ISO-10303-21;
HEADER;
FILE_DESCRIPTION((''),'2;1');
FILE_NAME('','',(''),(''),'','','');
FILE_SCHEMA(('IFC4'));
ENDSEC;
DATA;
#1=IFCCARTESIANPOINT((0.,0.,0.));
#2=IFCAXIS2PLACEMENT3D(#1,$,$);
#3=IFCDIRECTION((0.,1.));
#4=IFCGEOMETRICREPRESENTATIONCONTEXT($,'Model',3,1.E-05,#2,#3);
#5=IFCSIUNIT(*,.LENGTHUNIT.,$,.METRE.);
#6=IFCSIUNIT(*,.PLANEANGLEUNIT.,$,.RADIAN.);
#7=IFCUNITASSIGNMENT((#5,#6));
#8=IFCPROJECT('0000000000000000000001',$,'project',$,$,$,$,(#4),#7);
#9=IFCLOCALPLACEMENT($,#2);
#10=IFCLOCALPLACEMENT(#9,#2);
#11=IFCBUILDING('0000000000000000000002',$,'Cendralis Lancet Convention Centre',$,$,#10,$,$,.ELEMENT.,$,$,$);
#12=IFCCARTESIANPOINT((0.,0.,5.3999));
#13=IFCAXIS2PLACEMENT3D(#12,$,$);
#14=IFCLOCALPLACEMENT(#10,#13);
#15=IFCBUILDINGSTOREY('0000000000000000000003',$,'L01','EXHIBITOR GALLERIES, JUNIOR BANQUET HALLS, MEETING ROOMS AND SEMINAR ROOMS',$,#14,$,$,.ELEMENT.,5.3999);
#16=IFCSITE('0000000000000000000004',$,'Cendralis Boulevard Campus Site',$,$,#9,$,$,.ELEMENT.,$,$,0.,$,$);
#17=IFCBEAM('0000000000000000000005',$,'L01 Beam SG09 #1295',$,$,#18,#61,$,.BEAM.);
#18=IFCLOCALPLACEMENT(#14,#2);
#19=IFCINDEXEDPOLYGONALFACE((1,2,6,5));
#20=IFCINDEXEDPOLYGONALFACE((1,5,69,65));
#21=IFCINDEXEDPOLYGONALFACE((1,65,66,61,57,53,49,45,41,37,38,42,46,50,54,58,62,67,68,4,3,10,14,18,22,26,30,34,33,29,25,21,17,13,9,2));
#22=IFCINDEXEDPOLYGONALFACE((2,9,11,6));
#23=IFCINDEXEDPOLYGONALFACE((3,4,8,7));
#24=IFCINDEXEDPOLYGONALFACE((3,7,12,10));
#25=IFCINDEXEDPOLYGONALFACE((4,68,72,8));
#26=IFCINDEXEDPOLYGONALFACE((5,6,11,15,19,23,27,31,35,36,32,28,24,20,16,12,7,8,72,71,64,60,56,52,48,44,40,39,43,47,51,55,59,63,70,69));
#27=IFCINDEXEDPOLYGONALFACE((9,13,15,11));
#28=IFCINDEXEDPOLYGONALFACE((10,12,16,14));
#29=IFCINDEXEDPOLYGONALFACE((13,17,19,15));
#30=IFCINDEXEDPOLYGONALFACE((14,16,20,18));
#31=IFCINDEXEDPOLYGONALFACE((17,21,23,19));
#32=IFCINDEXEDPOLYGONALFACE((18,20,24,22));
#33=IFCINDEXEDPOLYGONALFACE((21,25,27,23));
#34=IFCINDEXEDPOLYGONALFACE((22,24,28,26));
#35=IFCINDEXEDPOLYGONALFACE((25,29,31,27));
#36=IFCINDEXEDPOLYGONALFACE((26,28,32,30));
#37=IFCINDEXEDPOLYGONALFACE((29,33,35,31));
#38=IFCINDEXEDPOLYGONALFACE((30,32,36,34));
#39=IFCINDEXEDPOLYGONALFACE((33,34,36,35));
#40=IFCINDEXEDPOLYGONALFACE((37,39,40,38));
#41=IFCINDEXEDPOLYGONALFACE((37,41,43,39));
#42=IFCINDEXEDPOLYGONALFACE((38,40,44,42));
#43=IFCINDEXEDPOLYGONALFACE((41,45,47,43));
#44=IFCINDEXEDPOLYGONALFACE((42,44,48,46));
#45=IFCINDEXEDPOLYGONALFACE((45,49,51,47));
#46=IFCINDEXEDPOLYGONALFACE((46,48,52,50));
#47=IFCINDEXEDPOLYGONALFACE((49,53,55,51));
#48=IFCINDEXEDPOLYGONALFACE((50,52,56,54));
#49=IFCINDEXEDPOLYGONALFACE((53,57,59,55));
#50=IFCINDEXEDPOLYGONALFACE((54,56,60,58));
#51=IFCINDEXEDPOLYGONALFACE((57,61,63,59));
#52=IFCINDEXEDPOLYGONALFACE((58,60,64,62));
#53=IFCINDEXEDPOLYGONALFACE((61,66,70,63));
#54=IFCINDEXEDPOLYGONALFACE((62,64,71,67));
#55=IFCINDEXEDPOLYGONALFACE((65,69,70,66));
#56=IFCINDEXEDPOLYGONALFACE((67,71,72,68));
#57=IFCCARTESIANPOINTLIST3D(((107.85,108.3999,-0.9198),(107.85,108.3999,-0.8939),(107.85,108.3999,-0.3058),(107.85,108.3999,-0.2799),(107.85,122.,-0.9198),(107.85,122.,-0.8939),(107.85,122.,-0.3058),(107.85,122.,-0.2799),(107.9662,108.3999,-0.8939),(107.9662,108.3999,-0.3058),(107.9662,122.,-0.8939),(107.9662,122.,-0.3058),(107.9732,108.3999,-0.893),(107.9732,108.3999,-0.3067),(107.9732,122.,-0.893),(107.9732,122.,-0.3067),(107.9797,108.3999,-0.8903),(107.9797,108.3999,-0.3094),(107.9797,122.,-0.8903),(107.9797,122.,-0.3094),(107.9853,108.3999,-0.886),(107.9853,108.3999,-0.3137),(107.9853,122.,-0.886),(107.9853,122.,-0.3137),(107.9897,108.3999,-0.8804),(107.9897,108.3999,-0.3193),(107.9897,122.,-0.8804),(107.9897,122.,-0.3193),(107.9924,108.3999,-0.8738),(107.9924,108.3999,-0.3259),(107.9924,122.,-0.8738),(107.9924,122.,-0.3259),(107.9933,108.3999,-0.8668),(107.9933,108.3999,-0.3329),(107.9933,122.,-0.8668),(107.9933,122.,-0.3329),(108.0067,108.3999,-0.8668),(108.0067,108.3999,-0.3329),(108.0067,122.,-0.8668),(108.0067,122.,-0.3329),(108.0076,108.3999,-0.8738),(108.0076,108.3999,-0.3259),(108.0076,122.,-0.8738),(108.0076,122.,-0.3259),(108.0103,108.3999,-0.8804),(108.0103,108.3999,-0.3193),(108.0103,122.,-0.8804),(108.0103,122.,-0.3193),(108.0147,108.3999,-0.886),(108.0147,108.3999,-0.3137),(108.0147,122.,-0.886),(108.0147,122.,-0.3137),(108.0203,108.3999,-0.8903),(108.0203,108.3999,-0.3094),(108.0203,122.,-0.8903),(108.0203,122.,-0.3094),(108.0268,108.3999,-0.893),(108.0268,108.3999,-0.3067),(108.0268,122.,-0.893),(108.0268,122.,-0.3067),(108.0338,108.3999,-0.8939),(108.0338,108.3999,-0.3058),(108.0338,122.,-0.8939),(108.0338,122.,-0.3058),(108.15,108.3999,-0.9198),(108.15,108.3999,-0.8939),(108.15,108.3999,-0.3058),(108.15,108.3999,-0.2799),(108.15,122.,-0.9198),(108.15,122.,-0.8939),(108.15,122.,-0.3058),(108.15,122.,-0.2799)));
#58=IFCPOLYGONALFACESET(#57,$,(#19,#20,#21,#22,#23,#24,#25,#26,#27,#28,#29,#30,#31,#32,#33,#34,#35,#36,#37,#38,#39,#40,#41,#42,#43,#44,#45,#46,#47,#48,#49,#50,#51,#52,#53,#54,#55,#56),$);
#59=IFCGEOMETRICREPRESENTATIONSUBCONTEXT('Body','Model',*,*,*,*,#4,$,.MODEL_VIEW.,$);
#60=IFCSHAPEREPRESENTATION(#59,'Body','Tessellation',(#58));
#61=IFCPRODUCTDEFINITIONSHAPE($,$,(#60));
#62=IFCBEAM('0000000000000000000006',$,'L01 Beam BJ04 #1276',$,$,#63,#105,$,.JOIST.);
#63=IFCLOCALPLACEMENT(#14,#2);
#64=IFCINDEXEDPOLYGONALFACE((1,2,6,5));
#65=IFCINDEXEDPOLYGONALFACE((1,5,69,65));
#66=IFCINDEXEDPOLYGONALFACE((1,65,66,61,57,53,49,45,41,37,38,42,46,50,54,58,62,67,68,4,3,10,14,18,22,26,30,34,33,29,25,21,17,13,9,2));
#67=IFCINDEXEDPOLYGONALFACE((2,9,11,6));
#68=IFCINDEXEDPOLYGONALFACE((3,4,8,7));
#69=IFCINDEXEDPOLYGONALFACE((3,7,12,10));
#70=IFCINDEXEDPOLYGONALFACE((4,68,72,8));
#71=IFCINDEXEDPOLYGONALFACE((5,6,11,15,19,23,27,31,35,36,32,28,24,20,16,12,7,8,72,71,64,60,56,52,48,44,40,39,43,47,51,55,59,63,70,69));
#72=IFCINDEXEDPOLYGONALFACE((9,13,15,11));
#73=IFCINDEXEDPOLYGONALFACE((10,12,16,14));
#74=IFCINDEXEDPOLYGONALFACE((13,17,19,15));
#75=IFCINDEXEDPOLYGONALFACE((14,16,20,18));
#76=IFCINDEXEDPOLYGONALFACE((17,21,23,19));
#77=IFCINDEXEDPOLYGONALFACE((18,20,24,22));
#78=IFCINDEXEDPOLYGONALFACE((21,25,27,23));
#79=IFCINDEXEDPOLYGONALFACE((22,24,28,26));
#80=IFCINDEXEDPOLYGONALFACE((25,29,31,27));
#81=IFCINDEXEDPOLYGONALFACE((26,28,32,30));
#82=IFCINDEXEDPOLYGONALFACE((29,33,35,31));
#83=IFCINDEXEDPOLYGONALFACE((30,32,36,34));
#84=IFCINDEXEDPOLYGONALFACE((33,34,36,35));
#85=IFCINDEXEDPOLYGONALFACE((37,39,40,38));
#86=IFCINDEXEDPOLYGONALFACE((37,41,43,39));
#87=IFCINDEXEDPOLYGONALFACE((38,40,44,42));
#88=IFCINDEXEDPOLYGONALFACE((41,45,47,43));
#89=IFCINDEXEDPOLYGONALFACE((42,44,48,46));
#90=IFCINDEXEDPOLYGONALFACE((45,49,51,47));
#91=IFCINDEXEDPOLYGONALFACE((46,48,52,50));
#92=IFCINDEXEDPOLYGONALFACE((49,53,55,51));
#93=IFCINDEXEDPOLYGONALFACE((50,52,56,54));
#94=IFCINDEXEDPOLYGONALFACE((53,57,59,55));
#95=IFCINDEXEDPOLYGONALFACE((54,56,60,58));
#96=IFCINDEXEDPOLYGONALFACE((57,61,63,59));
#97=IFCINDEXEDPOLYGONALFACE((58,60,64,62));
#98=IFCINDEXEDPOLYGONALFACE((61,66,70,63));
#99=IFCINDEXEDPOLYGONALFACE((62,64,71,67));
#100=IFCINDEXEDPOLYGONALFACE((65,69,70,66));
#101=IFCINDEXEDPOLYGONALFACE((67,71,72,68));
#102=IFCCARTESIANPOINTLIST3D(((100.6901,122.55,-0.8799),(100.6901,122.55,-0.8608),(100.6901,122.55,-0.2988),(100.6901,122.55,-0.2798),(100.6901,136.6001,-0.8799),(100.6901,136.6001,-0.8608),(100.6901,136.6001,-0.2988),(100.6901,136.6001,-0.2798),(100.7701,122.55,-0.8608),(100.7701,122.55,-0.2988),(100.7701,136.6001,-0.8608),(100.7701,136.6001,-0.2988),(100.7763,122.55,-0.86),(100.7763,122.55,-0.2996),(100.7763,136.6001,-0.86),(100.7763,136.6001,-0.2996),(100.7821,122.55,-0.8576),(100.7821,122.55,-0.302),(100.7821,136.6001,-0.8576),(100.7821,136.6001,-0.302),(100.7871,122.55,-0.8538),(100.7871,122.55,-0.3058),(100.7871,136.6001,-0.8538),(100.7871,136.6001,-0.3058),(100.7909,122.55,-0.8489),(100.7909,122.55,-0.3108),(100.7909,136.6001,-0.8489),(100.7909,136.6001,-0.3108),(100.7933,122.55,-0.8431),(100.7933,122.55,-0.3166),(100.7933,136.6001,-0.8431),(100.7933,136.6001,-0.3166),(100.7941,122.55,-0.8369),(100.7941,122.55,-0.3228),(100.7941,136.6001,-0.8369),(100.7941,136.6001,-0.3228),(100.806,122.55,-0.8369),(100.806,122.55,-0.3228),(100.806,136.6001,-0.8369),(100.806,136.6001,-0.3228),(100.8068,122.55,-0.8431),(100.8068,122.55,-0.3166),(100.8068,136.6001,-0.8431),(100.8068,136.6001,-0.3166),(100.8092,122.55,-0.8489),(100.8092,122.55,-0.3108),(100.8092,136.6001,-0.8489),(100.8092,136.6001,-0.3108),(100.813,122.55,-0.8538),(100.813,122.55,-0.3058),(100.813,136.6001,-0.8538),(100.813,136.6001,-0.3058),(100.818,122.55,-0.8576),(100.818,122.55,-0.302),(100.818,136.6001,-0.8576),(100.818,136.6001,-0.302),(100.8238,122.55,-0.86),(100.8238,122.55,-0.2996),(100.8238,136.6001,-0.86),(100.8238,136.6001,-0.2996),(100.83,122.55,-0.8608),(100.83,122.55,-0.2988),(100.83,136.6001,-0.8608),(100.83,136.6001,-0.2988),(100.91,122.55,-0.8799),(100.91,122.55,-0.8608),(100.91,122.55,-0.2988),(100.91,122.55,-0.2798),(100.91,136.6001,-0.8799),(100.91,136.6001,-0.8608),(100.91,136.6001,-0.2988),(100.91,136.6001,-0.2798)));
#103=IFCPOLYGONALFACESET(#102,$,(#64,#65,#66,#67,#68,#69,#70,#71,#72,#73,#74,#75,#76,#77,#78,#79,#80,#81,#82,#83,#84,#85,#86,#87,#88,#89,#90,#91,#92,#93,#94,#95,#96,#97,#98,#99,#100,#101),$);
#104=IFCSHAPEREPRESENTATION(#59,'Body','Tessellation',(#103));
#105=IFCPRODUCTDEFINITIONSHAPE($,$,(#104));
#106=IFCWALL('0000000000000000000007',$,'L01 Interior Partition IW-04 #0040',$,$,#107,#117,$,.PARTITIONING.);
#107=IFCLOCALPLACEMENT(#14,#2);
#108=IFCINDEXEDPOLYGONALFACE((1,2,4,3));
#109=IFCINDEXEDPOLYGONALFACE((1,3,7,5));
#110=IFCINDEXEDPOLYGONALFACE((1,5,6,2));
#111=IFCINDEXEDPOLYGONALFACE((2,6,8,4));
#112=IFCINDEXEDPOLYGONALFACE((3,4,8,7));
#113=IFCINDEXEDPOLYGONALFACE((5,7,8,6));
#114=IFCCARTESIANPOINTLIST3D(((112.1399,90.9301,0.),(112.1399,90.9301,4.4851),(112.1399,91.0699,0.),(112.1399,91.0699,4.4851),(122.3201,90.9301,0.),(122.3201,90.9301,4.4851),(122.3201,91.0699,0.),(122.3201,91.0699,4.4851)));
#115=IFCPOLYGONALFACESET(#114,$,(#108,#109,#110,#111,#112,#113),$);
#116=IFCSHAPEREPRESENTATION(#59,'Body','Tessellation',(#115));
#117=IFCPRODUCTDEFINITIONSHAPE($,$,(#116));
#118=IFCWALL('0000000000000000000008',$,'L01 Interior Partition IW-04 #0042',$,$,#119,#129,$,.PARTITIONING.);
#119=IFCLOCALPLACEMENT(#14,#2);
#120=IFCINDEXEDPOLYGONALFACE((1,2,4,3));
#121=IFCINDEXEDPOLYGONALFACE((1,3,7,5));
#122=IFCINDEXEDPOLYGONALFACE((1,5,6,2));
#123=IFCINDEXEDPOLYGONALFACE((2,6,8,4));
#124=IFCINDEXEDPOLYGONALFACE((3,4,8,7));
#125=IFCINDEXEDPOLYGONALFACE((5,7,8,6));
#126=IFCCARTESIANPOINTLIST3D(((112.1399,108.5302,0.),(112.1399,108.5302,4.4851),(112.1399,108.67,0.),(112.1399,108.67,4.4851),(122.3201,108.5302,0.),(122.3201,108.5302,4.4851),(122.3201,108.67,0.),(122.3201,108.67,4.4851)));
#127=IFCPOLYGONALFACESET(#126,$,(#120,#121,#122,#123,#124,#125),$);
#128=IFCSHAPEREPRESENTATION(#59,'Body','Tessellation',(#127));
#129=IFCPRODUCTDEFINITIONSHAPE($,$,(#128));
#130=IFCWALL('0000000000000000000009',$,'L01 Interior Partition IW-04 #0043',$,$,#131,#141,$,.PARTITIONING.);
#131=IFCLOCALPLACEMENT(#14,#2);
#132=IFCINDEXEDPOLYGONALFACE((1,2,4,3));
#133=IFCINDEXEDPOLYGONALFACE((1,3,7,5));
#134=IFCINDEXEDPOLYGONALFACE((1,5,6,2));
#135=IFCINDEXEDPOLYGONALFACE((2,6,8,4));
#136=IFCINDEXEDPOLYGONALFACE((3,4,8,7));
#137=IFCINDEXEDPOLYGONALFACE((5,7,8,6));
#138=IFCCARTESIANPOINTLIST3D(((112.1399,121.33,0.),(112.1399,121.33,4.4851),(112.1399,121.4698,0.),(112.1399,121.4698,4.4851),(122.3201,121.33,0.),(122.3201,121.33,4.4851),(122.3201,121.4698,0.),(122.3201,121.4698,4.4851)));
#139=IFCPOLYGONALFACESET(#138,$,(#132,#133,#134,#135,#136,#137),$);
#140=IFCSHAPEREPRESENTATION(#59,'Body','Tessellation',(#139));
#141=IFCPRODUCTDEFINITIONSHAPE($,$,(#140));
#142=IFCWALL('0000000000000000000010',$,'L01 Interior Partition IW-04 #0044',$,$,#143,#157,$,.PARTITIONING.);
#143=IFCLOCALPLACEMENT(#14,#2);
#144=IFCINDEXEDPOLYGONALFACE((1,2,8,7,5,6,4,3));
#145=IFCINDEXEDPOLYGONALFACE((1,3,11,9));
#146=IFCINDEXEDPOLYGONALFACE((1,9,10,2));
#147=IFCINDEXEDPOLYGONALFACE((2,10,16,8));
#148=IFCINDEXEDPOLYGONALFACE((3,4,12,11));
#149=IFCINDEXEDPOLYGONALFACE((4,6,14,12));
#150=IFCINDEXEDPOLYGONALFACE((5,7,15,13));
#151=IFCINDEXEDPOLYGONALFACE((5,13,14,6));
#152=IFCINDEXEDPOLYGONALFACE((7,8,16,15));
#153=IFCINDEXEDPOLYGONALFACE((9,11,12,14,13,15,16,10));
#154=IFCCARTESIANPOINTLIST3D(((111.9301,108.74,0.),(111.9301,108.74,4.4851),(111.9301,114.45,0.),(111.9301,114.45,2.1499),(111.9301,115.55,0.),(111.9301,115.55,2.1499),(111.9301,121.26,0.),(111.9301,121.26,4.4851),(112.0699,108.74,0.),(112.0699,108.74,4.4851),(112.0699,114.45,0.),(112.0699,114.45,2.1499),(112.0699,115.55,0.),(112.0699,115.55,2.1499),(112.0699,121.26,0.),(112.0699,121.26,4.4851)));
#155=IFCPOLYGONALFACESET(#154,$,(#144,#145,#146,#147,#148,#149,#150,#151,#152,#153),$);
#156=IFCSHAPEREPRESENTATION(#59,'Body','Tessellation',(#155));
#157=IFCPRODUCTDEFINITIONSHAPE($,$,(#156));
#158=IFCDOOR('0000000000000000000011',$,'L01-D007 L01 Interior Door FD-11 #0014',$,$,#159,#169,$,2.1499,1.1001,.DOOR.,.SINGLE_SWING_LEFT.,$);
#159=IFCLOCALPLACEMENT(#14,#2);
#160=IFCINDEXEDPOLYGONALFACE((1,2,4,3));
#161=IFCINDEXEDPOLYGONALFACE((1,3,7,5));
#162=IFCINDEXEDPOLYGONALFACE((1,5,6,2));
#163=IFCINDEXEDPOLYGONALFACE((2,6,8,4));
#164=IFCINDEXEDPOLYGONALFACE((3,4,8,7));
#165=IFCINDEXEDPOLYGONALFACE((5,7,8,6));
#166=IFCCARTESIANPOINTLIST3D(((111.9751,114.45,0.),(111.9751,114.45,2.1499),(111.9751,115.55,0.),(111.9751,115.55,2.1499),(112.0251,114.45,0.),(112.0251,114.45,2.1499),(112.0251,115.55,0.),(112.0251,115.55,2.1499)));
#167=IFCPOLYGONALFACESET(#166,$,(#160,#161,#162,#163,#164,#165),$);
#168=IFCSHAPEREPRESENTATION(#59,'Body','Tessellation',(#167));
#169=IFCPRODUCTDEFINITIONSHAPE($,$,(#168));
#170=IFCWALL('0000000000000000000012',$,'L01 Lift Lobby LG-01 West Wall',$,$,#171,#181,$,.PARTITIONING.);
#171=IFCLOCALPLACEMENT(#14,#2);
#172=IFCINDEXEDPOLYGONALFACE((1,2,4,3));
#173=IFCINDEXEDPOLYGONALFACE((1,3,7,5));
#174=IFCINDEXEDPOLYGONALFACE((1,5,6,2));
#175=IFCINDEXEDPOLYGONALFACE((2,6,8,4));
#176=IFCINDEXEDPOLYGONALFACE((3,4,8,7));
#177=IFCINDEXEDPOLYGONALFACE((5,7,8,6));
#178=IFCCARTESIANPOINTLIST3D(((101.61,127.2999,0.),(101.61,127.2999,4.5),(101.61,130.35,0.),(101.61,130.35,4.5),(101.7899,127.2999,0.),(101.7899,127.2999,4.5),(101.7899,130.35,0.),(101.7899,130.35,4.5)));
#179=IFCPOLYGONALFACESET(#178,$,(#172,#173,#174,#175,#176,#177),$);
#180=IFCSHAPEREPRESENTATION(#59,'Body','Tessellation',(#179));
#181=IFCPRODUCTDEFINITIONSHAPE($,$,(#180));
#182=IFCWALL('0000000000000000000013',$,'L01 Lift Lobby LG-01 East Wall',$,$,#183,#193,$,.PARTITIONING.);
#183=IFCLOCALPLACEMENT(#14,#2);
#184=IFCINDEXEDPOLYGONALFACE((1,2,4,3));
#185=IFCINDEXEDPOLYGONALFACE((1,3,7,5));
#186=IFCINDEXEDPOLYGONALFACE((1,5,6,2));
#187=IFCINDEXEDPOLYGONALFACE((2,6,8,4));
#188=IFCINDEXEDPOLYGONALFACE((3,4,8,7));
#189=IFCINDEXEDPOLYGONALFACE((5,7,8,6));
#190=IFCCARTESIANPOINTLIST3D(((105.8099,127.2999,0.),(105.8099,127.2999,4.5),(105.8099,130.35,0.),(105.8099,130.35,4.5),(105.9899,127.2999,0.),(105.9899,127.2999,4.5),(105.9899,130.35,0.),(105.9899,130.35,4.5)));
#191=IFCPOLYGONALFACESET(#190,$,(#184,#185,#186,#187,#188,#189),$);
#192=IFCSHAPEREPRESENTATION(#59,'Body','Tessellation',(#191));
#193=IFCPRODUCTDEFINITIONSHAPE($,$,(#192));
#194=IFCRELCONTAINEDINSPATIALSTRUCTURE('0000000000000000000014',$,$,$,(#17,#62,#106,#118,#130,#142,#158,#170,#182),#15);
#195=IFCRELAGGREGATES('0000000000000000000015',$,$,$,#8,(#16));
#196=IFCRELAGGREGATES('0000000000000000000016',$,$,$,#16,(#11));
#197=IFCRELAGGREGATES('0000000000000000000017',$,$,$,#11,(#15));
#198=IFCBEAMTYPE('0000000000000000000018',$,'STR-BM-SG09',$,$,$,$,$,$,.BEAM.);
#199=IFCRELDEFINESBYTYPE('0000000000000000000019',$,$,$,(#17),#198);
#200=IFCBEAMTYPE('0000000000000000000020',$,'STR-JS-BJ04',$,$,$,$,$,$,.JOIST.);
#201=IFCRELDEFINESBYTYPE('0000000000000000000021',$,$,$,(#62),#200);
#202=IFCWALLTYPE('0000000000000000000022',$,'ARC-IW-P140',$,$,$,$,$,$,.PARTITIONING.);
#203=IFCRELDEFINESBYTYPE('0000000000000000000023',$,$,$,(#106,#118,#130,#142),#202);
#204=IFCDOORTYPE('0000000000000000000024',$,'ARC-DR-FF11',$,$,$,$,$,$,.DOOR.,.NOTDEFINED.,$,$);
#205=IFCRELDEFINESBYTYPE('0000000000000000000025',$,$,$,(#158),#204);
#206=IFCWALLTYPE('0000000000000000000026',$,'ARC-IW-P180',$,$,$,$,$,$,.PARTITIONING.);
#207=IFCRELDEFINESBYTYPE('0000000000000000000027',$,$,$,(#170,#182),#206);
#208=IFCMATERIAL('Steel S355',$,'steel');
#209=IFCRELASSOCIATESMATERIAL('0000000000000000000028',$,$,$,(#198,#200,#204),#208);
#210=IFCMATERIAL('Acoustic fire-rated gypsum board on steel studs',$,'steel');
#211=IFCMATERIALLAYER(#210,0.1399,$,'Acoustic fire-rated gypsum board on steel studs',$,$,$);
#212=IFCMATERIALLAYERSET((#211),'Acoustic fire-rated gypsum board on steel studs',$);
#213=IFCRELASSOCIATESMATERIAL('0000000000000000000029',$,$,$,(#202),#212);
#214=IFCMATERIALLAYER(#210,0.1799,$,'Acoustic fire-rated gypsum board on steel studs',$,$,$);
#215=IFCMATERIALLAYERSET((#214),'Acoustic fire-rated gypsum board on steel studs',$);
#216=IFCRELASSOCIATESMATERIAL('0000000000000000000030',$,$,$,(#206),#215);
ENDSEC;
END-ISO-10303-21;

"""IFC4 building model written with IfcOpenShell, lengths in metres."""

from ifc_helpers import new_model, si_unit, direction, frame, frame_2d, origin, origin_2d, place, context, subcontext, project, spatial, rectangle, i_section, extrude, material, layer, layer_set, material_profile, profile_set, type_object, element, fill, save


model = new_model("IFC4")

# Units and contexts
model_context = context("Model", 3, precision=1e-05, world=origin(), true_north=direction((0.0, 1.0)))
body_context = subcontext(model_context, "Body", "Model", "MODEL_VIEW")
ifc_project = project(units=[si_unit("LENGTHUNIT", "METRE"), si_unit("PLANEANGLEUNIT", "RADIAN")], contexts=[model_context])

# Site, building, storey
site_placement = place(None, origin())
site = spatial("IfcSite", under=ifc_project, at=site_placement, Name="Cendralis Boulevard Campus Site", CompositionType="ELEMENT", RefElevation=0.0)
building_placement = place(site_placement, origin())
building = spatial("IfcBuilding", under=site, at=building_placement, Name="Cendralis Lancet Convention Centre", CompositionType="ELEMENT")
storey_placement = place(building_placement, frame((0.0, 0.0, 5.3999)))
storey = spatial("IfcBuildingStorey", under=building, at=storey_placement, Name="L01", Description="EXHIBITOR GALLERIES, JUNIOR BANQUET HALLS, MEETING ROOMS AND SEMINAR ROOMS", CompositionType="ELEMENT", Elevation=5.3999)

# Beams
ifc_material_1 = material(Name="Steel S355", Category="steel")
ifc_material_profile_1 = material_profile(ifc_material_1, i_section(OverallWidth=0.3, OverallDepth=0.6399, WebThickness=0.0134, FlangeThickness=0.0259, FilletRadius=0.0271, at=origin_2d()), Name="HEA 650")
ifc_profile_set_1 = profile_set([ifc_material_profile_1], Name="Steel S355")
beam_type_1 = type_object("IfcBeamType", Name="STR-BM-SG09", PredefinedType="BEAM", material=ifc_profile_set_1)
for number, where, z_axis, x_axis, name in (
    (1, (108.0, 108.3999, -0.5999), (0.0, 1.0, 0.0), (-1.0, 0.0, 0.0), "L01 Beam SG09 #1295"),
):
    element("IfcBeam", number, at=place(storey_placement, frame(where, z_axis=z_axis, x_axis=x_axis)), inside=storey, type_object=beam_type_1, Name=name, PredefinedType="BEAM", context=body_context, shape_type="SweptSolid", body=[
        extrude(i_section(OverallWidth=0.3, OverallDepth=0.6399, WebThickness=0.0134, FlangeThickness=0.0259, FilletRadius=0.0271, at=origin_2d()), origin(), (0.0, 0.0, 1.0), 13.6001),
    ])
ifc_material_profile_2 = material_profile(ifc_material_1, i_section(OverallWidth=0.22, OverallDepth=0.6001, WebThickness=0.012, FlangeThickness=0.019, FilletRadius=0.0239, at=origin_2d()), Name="IPE 600")
ifc_profile_set_2 = profile_set([ifc_material_profile_2], Name="Steel S355")
beam_type_2 = type_object("IfcBeamType", Name="STR-JS-BJ04", PredefinedType="JOIST", material=ifc_profile_set_2)
beam_1_placement = place(storey_placement, frame((100.8, 122.55, -0.5798), z_axis=(0.0, 1.0, 0.0), x_axis=(-1.0, 0.0, 0.0)))
element("IfcBeam", 2, at=beam_1_placement, inside=storey, type_object=beam_type_2, Name="L01 Beam BJ04 #1276", PredefinedType="JOIST", context=body_context, shape_type="SweptSolid", body=[
    extrude(i_section(OverallWidth=0.22, OverallDepth=0.6001, WebThickness=0.012, FlangeThickness=0.019, FilletRadius=0.0239, at=origin_2d()), origin(), (0.0, 0.0, 1.0), 14.05),
])

# Walls
ifc_material_2 = material(Name="Acoustic fire-rated gypsum board on steel studs", Category="steel")
ifc_layer_1 = layer(ifc_material_2, 0.1399, Name="Acoustic fire-rated gypsum board on steel studs")
ifc_layer_set_1 = layer_set([ifc_layer_1], Name="Acoustic fire-rated gypsum board on steel studs")
wall_type_1 = type_object("IfcWallType", Name="ARC-IW-P140", PredefinedType="PARTITIONING", material=ifc_layer_set_1)
for number, where, z_axis, x_axis, name in (
    (3, (112.1399, 91.0, 0.0), (0.0, 0.0, 1.0), (1.0, 0.0, 0.0), "L01 Interior Partition IW-04 #0040"),
    (4, (112.1399, 108.6001, 0.0), (0.0, 0.0, 1.0), (1.0, 0.0, 0.0), "L01 Interior Partition IW-04 #0042"),
    (5, (112.1399, 121.3999, 0.0), (0.0, 0.0, 1.0), (1.0, 0.0, 0.0), "L01 Interior Partition IW-04 #0043"),
):
    element("IfcWall", number, at=place(storey_placement, frame(where, z_axis=z_axis, x_axis=x_axis)), inside=storey, type_object=wall_type_1, Name=name, PredefinedType="PARTITIONING", context=body_context, shape_type="SweptSolid", body=[
        extrude(rectangle(XDim=10.1802, YDim=0.1399, at=frame_2d((5.0901, 0.0))), origin(), (0.0, 0.0, 1.0), 4.4851),
    ])

# Wall, opening, door
wall_1_placement = place(storey_placement, frame((112.0, 108.74, 0.0), z_axis=(0.0, 0.0, 1.0), x_axis=(0.0, 1.0, 0.0)))
wall_1 = element("IfcWall", 6, at=wall_1_placement, inside=storey, type_object=wall_type_1, Name="L01 Interior Partition IW-04 #0044", PredefinedType="PARTITIONING", context=body_context, shape_type="SweptSolid", body=[
    extrude(rectangle(XDim=12.52, YDim=0.1399, at=frame_2d((6.26, 0.0))), origin(), (0.0, 0.0, 1.0), 4.4851),
])
opening_1_placement = place(wall_1_placement, frame((5.71, 0.0, 0.0)))
opening_1 = element("IfcOpeningElement", 7, at=opening_1_placement, cuts=wall_1, PredefinedType="OPENING", context=body_context, shape_type="SweptSolid", body=[
    extrude(rectangle(XDim=1.1001, YDim=2.1499, at=frame_2d((0.55, 1.075))), frame((0.0, 0.0798, 0.0), z_axis=(0.0, -1.0, 0.0), x_axis=(1.0, 0.0, 0.0)), (0.0, 0.0, 1.0), 0.1599),
])
door_type_1 = type_object("IfcDoorType", Name="ARC-DR-FF11", OperationType="NOTDEFINED", PredefinedType="DOOR", material=ifc_material_1)
door_1_placement = place(opening_1_placement, origin())
door_1 = element("IfcDoor", 8, at=door_1_placement, inside=storey, type_object=door_type_1, Name="L01-D007 L01 Interior Door FD-11 #0014", OperationType="SINGLE_SWING_LEFT", OverallHeight=2.1499, OverallWidth=1.1001, PredefinedType="DOOR", context=body_context, shape_type="SweptSolid", body=[
    extrude(rectangle(XDim=1.1001, YDim=2.1499, at=frame_2d((0.55, 1.075))), frame((0.0, 0.0249, 0.0), z_axis=(0.0, -1.0, 0.0), x_axis=(1.0, 0.0, 0.0)), (0.0, 0.0, 1.0), 0.05),
])
fill(opening_1, door_1)
ifc_layer_2 = layer(ifc_material_2, 0.1799, Name="Acoustic fire-rated gypsum board on steel studs")
ifc_layer_set_2 = layer_set([ifc_layer_2], Name="Acoustic fire-rated gypsum board on steel studs")
wall_type_2 = type_object("IfcWallType", Name="ARC-IW-P180", PredefinedType="PARTITIONING", material=ifc_layer_set_2)

# Walls
for number, where, z_axis, x_axis, name in (
    (9, (101.7, 127.3, 0.0), (0.0, 0.0, 1.0), (0.0, 1.0, 0.0), "L01 Lift Lobby LG-01 West Wall"),
    (10, (105.8999, 127.3, 0.0), (0.0, 0.0, 1.0), (0.0, 1.0, 0.0), "L01 Lift Lobby LG-01 East Wall"),
):
    element("IfcWall", number, at=place(storey_placement, frame(where, z_axis=z_axis, x_axis=x_axis)), inside=storey, type_object=wall_type_2, Name=name, PredefinedType="PARTITIONING", context=body_context, shape_type="SweptSolid", body=[
        extrude(rectangle(XDim=3.05, YDim=0.1799, at=frame_2d((1.5249, 0.0))), origin(), (0.0, 0.0, 1.0), 4.5),
    ])

save(model, "model.ifc")
